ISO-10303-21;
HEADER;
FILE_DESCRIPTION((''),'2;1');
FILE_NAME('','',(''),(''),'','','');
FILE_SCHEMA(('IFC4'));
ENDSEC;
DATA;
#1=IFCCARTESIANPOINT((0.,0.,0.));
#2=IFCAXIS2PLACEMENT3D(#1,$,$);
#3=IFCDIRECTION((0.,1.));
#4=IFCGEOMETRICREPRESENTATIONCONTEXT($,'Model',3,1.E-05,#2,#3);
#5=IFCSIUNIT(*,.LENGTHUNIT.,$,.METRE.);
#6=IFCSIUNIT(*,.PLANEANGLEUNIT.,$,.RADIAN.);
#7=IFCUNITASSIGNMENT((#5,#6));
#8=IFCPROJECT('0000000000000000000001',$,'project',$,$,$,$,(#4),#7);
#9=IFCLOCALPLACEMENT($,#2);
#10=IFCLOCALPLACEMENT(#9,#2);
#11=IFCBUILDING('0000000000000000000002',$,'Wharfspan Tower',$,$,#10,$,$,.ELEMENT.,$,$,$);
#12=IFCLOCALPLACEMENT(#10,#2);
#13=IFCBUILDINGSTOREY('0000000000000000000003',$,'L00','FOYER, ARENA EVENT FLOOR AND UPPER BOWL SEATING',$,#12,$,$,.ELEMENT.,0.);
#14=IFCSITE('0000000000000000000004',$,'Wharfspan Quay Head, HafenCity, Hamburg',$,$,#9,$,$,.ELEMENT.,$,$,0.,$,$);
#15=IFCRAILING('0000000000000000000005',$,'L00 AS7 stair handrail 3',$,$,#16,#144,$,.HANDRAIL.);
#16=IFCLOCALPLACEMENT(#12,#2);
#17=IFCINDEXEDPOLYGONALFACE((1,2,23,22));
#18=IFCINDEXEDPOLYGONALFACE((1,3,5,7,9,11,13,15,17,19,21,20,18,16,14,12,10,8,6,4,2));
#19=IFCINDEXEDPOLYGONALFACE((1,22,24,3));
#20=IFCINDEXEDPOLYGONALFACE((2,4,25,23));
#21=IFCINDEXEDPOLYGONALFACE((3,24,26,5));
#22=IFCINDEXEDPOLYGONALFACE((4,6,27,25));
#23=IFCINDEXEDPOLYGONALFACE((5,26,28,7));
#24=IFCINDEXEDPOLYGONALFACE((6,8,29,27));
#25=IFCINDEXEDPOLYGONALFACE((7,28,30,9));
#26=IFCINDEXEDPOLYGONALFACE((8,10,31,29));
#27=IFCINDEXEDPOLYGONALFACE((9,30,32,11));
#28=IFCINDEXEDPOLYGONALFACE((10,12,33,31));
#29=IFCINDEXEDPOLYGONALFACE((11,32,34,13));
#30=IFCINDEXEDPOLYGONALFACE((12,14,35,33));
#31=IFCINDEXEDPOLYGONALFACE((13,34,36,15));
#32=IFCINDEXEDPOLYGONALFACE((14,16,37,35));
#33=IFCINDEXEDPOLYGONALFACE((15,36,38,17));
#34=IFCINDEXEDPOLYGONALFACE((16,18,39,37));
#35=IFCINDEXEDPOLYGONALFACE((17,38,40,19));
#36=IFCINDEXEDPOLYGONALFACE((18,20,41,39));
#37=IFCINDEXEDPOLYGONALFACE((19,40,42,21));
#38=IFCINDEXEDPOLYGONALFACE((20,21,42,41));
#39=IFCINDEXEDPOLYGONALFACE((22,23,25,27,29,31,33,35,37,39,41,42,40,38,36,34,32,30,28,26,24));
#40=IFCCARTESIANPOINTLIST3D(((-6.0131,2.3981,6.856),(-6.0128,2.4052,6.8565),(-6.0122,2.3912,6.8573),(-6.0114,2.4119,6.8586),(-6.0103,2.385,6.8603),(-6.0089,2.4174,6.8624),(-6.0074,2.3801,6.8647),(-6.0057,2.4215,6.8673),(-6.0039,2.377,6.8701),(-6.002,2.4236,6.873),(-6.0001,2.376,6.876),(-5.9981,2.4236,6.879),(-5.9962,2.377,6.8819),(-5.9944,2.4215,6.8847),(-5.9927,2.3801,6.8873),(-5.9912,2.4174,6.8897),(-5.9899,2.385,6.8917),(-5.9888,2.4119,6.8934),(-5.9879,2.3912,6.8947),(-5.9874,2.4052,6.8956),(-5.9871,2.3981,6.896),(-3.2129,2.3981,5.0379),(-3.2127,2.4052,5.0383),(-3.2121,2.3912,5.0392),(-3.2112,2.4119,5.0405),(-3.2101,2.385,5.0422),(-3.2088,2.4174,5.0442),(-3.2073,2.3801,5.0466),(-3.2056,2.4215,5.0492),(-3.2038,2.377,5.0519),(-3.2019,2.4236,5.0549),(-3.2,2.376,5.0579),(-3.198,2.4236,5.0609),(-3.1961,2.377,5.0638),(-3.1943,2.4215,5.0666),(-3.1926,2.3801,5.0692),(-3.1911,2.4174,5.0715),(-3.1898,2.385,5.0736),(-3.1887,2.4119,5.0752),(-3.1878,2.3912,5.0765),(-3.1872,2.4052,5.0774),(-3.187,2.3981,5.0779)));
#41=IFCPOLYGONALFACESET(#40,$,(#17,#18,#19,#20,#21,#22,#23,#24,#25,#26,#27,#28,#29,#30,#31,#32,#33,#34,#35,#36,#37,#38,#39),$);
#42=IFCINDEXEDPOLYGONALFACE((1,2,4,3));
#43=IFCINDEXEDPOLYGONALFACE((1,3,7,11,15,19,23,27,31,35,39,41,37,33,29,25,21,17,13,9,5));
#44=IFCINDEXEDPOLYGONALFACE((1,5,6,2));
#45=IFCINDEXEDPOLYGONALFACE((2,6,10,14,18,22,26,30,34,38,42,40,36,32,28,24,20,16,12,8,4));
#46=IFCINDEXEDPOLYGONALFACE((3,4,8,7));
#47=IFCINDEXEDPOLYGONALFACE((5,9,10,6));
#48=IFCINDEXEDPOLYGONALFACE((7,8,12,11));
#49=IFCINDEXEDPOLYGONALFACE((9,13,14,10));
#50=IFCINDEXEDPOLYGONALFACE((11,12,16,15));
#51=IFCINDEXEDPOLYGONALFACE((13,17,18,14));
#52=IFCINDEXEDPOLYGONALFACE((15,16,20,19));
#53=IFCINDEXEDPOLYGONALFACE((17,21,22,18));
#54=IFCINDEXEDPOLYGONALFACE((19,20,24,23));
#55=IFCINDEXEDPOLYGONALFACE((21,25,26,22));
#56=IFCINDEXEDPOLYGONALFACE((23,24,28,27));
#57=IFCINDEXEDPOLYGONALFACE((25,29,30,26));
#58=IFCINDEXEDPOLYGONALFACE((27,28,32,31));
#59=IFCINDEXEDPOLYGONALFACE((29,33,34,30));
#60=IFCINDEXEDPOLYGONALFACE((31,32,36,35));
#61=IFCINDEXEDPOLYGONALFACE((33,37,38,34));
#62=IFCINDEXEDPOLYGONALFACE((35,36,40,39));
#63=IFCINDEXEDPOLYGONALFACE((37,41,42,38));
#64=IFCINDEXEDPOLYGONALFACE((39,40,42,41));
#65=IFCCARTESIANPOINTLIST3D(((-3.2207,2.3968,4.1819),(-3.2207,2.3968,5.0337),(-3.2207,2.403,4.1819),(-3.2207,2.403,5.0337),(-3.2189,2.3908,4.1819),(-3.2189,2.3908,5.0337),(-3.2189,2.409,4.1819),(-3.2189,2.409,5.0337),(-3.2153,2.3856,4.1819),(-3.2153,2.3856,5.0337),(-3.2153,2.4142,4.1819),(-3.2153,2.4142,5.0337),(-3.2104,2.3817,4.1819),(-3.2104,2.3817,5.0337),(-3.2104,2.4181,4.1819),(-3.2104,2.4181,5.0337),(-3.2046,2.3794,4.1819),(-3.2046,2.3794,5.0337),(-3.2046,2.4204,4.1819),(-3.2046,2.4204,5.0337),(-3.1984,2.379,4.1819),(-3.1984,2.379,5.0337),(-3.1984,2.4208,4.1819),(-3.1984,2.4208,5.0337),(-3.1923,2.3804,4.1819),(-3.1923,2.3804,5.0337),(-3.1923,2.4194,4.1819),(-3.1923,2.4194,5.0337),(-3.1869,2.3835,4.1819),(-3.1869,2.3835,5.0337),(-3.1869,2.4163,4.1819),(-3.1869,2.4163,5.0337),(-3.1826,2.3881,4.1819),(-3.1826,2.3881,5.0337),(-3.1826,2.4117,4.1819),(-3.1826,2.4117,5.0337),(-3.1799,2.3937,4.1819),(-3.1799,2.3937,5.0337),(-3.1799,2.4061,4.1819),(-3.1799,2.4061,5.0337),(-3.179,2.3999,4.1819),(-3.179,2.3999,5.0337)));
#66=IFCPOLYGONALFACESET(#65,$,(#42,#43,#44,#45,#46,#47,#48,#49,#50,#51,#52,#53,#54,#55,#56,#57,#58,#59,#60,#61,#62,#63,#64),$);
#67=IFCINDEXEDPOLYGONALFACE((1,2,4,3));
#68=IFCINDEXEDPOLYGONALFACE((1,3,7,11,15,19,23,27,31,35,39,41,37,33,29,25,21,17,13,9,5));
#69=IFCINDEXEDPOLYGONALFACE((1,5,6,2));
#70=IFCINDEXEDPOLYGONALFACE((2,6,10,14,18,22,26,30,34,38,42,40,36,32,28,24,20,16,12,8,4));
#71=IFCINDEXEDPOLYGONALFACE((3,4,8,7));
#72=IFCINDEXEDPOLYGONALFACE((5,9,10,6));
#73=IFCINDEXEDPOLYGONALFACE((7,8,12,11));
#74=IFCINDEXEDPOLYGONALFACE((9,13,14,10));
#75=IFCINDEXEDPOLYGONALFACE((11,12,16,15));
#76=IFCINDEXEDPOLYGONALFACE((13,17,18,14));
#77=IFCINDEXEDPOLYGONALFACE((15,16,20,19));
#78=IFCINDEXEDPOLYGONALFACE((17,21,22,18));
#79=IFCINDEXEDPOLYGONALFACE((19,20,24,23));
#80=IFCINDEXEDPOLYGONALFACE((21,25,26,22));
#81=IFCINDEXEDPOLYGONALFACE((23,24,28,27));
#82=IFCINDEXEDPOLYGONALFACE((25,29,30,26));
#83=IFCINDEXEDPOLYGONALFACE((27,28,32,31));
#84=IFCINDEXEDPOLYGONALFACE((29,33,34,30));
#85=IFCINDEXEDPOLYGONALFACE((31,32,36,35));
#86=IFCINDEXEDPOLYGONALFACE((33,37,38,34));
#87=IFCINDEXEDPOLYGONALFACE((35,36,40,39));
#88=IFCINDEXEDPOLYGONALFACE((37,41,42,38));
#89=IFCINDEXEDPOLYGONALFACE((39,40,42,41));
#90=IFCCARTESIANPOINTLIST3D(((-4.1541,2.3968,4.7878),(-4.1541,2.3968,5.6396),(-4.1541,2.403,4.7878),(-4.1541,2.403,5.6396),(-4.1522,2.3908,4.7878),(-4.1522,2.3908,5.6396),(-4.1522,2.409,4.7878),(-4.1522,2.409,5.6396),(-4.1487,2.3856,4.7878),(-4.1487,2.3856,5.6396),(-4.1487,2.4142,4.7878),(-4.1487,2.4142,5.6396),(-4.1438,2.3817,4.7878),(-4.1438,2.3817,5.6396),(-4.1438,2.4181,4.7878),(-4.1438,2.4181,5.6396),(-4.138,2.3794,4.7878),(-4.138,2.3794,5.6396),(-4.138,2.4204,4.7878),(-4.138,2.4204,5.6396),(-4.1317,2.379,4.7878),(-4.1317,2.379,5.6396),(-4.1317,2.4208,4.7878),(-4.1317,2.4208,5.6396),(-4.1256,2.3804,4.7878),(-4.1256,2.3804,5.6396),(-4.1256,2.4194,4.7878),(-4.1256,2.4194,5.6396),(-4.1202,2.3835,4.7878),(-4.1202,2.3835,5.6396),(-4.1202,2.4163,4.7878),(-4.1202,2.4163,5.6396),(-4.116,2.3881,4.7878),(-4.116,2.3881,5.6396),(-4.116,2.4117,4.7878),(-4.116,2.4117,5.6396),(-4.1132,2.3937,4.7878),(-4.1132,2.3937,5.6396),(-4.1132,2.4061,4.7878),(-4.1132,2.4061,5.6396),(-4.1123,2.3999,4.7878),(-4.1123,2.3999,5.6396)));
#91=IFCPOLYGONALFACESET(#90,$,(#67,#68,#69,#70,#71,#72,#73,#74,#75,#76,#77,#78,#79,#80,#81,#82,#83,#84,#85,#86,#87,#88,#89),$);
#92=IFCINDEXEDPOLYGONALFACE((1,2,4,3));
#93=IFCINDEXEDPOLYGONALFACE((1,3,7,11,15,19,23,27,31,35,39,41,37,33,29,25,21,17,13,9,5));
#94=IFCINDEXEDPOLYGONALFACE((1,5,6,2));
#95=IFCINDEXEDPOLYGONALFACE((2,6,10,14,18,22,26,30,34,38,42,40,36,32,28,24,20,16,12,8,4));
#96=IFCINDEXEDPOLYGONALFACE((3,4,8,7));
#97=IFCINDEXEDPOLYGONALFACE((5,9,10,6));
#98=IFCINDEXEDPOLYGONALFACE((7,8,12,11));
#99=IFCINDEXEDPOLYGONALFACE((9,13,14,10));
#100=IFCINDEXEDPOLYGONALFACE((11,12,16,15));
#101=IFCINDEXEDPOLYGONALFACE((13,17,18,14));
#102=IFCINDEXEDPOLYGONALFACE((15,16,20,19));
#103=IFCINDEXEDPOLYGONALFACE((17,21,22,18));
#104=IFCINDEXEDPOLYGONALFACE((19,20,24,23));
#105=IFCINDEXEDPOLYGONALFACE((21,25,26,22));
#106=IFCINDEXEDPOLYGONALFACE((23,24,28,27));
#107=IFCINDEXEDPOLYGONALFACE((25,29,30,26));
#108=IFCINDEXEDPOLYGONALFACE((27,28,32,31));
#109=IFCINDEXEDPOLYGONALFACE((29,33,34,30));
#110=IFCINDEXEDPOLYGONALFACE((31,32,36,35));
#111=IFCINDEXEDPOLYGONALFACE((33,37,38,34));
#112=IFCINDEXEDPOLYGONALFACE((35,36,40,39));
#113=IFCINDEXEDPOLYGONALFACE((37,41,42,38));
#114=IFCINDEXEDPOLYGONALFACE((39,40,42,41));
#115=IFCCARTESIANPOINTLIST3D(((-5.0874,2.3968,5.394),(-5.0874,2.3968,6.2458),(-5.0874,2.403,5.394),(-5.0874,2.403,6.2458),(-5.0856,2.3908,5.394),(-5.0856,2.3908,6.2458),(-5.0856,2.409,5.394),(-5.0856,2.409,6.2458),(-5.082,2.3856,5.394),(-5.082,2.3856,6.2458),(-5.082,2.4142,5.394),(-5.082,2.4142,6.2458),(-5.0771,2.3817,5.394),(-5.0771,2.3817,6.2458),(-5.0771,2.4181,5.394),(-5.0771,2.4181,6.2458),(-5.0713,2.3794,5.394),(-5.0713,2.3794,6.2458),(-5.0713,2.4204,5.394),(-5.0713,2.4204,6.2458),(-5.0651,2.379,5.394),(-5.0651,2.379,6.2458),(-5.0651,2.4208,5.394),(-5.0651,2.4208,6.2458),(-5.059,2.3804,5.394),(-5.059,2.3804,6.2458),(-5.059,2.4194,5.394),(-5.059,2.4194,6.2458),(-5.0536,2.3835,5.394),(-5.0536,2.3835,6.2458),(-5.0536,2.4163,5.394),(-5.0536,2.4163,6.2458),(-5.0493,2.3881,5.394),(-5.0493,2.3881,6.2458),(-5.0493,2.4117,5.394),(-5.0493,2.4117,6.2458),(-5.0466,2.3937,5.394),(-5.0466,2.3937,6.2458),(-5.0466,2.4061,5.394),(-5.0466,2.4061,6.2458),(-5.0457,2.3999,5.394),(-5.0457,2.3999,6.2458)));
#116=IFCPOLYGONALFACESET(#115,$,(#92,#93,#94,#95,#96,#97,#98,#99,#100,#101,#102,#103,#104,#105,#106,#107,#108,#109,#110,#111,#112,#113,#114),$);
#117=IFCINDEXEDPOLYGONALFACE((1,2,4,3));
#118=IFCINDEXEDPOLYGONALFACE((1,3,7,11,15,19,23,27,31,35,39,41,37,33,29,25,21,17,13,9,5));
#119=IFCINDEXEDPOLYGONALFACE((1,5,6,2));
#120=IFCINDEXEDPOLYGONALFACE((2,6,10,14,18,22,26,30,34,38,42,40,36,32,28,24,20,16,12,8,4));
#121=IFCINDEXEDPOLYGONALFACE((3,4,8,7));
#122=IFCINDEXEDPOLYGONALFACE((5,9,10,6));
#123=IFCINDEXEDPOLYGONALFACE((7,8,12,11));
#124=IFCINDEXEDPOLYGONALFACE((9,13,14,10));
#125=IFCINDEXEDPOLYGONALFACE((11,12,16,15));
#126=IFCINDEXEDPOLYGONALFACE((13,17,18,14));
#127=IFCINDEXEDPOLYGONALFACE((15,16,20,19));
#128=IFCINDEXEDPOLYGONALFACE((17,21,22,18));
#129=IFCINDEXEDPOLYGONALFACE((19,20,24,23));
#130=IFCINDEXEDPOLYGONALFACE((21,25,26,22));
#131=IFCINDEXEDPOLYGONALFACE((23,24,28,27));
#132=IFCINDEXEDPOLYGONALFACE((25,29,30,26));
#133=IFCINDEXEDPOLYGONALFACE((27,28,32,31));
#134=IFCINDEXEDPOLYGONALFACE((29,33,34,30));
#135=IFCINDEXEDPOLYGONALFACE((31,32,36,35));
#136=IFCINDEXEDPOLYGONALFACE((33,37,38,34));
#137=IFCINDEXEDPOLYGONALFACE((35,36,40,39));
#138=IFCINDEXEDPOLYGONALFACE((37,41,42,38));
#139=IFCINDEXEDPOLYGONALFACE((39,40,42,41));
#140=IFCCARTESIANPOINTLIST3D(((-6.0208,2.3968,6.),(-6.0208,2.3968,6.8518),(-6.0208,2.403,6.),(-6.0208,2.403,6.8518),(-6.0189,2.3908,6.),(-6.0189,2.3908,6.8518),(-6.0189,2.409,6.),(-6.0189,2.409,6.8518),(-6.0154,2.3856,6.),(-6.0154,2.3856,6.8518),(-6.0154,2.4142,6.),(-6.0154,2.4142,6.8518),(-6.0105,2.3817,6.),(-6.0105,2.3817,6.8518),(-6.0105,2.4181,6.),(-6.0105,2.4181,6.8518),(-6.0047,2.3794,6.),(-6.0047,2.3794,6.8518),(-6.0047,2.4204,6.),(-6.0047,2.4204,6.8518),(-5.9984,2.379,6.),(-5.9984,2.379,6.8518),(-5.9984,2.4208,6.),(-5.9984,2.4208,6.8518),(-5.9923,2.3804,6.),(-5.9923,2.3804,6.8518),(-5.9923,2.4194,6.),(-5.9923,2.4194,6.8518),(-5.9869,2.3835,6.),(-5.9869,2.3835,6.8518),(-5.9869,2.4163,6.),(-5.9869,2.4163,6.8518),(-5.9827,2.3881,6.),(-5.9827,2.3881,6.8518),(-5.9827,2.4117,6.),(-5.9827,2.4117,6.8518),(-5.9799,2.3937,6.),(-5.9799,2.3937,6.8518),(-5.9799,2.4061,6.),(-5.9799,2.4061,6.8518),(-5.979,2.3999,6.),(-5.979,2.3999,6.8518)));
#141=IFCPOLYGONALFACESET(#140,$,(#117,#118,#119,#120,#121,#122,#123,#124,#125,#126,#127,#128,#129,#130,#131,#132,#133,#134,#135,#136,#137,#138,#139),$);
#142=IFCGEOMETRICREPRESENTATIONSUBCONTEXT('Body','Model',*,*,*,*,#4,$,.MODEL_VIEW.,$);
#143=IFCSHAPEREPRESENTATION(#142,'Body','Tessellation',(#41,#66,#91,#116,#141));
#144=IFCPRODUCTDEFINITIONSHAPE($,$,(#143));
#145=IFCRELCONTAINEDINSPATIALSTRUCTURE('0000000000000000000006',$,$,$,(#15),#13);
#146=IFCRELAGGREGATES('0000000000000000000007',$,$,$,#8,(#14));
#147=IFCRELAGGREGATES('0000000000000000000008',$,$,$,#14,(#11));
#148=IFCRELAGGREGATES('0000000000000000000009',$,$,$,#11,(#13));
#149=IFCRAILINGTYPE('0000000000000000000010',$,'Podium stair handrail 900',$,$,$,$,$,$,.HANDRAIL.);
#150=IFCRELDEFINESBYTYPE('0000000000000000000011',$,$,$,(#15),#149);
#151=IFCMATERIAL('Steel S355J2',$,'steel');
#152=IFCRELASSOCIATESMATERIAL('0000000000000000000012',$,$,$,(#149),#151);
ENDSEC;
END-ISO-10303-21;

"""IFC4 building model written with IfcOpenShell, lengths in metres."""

from ifc_helpers import new_model, si_unit, direction, frame, origin, origin_2d, place, context, subcontext, project, spatial, circle, extrude, material, type_object, element, save


model = new_model("IFC4")

# Units and contexts
model_context = context("Model", 3, precision=1e-05, world=origin(), true_north=direction((0.0, 1.0)))
body_context = subcontext(model_context, "Body", "Model", "MODEL_VIEW")
ifc_project = project(units=[si_unit("LENGTHUNIT", "METRE"), si_unit("PLANEANGLEUNIT", "RADIAN")], contexts=[model_context])

# Site, building, storey
site_placement = place(None, origin())
site = spatial("IfcSite", under=ifc_project, at=site_placement, Name="Wharfspan Quay Head, HafenCity, Hamburg", CompositionType="ELEMENT", RefElevation=0.0)
building_placement = place(site_placement, origin())
building = spatial("IfcBuilding", under=site, at=building_placement, Name="Wharfspan Tower", CompositionType="ELEMENT")
storey_placement = place(building_placement, origin())
storey = spatial("IfcBuildingStorey", under=building, at=storey_placement, Name="L00", Description="FOYER, ARENA EVENT FLOOR AND UPPER BOWL SEATING", CompositionType="ELEMENT", Elevation=0.0)

# Shared definitions
ifc_material_1 = material(Name="Steel S355J2", Category="steel")

# Railing
railing_type_1 = type_object("IfcRailingType", Name="Podium stair handrail 900", PredefinedType="HANDRAIL", material=ifc_material_1)
for number, where, name in (
    (1, (-3.2, 2.3999, 4.1819), "L00 AS7 stair handrail 3"),
):
    element("IfcRailing", number, at=place(storey_placement, frame(where)), inside=storey, type_object=railing_type_1, Name=name, PredefinedType="HANDRAIL", context=body_context, shape_type="SweptSolid", body=[
        extrude(circle(Radius=0.0239, at=origin_2d()), frame((0.0, 0.0, 0.876), z_axis=(-0.838706, 0.0, 0.544585), x_axis=(0.0, -1.0, 0.0)), (0.0, 0.0, 1.0), 3.3386),
        extrude(circle(Radius=0.021, at=origin_2d()), origin(), (0.0, 0.0, 1.0), 0.8518),
        extrude(circle(Radius=0.021, at=origin_2d()), frame((-0.9334, 0.0, 0.606)), (0.0, 0.0, 1.0), 0.8518),
        extrude(circle(Radius=0.021, at=origin_2d()), frame((-1.8667, 0.0, 1.2122)), (0.0, 0.0, 1.0), 0.8518),
        extrude(circle(Radius=0.021, at=origin_2d()), frame((-2.8, 0.0, 1.8181)), (0.0, 0.0, 1.0), 0.8518),
    ])

save(model, "model.ifc")
